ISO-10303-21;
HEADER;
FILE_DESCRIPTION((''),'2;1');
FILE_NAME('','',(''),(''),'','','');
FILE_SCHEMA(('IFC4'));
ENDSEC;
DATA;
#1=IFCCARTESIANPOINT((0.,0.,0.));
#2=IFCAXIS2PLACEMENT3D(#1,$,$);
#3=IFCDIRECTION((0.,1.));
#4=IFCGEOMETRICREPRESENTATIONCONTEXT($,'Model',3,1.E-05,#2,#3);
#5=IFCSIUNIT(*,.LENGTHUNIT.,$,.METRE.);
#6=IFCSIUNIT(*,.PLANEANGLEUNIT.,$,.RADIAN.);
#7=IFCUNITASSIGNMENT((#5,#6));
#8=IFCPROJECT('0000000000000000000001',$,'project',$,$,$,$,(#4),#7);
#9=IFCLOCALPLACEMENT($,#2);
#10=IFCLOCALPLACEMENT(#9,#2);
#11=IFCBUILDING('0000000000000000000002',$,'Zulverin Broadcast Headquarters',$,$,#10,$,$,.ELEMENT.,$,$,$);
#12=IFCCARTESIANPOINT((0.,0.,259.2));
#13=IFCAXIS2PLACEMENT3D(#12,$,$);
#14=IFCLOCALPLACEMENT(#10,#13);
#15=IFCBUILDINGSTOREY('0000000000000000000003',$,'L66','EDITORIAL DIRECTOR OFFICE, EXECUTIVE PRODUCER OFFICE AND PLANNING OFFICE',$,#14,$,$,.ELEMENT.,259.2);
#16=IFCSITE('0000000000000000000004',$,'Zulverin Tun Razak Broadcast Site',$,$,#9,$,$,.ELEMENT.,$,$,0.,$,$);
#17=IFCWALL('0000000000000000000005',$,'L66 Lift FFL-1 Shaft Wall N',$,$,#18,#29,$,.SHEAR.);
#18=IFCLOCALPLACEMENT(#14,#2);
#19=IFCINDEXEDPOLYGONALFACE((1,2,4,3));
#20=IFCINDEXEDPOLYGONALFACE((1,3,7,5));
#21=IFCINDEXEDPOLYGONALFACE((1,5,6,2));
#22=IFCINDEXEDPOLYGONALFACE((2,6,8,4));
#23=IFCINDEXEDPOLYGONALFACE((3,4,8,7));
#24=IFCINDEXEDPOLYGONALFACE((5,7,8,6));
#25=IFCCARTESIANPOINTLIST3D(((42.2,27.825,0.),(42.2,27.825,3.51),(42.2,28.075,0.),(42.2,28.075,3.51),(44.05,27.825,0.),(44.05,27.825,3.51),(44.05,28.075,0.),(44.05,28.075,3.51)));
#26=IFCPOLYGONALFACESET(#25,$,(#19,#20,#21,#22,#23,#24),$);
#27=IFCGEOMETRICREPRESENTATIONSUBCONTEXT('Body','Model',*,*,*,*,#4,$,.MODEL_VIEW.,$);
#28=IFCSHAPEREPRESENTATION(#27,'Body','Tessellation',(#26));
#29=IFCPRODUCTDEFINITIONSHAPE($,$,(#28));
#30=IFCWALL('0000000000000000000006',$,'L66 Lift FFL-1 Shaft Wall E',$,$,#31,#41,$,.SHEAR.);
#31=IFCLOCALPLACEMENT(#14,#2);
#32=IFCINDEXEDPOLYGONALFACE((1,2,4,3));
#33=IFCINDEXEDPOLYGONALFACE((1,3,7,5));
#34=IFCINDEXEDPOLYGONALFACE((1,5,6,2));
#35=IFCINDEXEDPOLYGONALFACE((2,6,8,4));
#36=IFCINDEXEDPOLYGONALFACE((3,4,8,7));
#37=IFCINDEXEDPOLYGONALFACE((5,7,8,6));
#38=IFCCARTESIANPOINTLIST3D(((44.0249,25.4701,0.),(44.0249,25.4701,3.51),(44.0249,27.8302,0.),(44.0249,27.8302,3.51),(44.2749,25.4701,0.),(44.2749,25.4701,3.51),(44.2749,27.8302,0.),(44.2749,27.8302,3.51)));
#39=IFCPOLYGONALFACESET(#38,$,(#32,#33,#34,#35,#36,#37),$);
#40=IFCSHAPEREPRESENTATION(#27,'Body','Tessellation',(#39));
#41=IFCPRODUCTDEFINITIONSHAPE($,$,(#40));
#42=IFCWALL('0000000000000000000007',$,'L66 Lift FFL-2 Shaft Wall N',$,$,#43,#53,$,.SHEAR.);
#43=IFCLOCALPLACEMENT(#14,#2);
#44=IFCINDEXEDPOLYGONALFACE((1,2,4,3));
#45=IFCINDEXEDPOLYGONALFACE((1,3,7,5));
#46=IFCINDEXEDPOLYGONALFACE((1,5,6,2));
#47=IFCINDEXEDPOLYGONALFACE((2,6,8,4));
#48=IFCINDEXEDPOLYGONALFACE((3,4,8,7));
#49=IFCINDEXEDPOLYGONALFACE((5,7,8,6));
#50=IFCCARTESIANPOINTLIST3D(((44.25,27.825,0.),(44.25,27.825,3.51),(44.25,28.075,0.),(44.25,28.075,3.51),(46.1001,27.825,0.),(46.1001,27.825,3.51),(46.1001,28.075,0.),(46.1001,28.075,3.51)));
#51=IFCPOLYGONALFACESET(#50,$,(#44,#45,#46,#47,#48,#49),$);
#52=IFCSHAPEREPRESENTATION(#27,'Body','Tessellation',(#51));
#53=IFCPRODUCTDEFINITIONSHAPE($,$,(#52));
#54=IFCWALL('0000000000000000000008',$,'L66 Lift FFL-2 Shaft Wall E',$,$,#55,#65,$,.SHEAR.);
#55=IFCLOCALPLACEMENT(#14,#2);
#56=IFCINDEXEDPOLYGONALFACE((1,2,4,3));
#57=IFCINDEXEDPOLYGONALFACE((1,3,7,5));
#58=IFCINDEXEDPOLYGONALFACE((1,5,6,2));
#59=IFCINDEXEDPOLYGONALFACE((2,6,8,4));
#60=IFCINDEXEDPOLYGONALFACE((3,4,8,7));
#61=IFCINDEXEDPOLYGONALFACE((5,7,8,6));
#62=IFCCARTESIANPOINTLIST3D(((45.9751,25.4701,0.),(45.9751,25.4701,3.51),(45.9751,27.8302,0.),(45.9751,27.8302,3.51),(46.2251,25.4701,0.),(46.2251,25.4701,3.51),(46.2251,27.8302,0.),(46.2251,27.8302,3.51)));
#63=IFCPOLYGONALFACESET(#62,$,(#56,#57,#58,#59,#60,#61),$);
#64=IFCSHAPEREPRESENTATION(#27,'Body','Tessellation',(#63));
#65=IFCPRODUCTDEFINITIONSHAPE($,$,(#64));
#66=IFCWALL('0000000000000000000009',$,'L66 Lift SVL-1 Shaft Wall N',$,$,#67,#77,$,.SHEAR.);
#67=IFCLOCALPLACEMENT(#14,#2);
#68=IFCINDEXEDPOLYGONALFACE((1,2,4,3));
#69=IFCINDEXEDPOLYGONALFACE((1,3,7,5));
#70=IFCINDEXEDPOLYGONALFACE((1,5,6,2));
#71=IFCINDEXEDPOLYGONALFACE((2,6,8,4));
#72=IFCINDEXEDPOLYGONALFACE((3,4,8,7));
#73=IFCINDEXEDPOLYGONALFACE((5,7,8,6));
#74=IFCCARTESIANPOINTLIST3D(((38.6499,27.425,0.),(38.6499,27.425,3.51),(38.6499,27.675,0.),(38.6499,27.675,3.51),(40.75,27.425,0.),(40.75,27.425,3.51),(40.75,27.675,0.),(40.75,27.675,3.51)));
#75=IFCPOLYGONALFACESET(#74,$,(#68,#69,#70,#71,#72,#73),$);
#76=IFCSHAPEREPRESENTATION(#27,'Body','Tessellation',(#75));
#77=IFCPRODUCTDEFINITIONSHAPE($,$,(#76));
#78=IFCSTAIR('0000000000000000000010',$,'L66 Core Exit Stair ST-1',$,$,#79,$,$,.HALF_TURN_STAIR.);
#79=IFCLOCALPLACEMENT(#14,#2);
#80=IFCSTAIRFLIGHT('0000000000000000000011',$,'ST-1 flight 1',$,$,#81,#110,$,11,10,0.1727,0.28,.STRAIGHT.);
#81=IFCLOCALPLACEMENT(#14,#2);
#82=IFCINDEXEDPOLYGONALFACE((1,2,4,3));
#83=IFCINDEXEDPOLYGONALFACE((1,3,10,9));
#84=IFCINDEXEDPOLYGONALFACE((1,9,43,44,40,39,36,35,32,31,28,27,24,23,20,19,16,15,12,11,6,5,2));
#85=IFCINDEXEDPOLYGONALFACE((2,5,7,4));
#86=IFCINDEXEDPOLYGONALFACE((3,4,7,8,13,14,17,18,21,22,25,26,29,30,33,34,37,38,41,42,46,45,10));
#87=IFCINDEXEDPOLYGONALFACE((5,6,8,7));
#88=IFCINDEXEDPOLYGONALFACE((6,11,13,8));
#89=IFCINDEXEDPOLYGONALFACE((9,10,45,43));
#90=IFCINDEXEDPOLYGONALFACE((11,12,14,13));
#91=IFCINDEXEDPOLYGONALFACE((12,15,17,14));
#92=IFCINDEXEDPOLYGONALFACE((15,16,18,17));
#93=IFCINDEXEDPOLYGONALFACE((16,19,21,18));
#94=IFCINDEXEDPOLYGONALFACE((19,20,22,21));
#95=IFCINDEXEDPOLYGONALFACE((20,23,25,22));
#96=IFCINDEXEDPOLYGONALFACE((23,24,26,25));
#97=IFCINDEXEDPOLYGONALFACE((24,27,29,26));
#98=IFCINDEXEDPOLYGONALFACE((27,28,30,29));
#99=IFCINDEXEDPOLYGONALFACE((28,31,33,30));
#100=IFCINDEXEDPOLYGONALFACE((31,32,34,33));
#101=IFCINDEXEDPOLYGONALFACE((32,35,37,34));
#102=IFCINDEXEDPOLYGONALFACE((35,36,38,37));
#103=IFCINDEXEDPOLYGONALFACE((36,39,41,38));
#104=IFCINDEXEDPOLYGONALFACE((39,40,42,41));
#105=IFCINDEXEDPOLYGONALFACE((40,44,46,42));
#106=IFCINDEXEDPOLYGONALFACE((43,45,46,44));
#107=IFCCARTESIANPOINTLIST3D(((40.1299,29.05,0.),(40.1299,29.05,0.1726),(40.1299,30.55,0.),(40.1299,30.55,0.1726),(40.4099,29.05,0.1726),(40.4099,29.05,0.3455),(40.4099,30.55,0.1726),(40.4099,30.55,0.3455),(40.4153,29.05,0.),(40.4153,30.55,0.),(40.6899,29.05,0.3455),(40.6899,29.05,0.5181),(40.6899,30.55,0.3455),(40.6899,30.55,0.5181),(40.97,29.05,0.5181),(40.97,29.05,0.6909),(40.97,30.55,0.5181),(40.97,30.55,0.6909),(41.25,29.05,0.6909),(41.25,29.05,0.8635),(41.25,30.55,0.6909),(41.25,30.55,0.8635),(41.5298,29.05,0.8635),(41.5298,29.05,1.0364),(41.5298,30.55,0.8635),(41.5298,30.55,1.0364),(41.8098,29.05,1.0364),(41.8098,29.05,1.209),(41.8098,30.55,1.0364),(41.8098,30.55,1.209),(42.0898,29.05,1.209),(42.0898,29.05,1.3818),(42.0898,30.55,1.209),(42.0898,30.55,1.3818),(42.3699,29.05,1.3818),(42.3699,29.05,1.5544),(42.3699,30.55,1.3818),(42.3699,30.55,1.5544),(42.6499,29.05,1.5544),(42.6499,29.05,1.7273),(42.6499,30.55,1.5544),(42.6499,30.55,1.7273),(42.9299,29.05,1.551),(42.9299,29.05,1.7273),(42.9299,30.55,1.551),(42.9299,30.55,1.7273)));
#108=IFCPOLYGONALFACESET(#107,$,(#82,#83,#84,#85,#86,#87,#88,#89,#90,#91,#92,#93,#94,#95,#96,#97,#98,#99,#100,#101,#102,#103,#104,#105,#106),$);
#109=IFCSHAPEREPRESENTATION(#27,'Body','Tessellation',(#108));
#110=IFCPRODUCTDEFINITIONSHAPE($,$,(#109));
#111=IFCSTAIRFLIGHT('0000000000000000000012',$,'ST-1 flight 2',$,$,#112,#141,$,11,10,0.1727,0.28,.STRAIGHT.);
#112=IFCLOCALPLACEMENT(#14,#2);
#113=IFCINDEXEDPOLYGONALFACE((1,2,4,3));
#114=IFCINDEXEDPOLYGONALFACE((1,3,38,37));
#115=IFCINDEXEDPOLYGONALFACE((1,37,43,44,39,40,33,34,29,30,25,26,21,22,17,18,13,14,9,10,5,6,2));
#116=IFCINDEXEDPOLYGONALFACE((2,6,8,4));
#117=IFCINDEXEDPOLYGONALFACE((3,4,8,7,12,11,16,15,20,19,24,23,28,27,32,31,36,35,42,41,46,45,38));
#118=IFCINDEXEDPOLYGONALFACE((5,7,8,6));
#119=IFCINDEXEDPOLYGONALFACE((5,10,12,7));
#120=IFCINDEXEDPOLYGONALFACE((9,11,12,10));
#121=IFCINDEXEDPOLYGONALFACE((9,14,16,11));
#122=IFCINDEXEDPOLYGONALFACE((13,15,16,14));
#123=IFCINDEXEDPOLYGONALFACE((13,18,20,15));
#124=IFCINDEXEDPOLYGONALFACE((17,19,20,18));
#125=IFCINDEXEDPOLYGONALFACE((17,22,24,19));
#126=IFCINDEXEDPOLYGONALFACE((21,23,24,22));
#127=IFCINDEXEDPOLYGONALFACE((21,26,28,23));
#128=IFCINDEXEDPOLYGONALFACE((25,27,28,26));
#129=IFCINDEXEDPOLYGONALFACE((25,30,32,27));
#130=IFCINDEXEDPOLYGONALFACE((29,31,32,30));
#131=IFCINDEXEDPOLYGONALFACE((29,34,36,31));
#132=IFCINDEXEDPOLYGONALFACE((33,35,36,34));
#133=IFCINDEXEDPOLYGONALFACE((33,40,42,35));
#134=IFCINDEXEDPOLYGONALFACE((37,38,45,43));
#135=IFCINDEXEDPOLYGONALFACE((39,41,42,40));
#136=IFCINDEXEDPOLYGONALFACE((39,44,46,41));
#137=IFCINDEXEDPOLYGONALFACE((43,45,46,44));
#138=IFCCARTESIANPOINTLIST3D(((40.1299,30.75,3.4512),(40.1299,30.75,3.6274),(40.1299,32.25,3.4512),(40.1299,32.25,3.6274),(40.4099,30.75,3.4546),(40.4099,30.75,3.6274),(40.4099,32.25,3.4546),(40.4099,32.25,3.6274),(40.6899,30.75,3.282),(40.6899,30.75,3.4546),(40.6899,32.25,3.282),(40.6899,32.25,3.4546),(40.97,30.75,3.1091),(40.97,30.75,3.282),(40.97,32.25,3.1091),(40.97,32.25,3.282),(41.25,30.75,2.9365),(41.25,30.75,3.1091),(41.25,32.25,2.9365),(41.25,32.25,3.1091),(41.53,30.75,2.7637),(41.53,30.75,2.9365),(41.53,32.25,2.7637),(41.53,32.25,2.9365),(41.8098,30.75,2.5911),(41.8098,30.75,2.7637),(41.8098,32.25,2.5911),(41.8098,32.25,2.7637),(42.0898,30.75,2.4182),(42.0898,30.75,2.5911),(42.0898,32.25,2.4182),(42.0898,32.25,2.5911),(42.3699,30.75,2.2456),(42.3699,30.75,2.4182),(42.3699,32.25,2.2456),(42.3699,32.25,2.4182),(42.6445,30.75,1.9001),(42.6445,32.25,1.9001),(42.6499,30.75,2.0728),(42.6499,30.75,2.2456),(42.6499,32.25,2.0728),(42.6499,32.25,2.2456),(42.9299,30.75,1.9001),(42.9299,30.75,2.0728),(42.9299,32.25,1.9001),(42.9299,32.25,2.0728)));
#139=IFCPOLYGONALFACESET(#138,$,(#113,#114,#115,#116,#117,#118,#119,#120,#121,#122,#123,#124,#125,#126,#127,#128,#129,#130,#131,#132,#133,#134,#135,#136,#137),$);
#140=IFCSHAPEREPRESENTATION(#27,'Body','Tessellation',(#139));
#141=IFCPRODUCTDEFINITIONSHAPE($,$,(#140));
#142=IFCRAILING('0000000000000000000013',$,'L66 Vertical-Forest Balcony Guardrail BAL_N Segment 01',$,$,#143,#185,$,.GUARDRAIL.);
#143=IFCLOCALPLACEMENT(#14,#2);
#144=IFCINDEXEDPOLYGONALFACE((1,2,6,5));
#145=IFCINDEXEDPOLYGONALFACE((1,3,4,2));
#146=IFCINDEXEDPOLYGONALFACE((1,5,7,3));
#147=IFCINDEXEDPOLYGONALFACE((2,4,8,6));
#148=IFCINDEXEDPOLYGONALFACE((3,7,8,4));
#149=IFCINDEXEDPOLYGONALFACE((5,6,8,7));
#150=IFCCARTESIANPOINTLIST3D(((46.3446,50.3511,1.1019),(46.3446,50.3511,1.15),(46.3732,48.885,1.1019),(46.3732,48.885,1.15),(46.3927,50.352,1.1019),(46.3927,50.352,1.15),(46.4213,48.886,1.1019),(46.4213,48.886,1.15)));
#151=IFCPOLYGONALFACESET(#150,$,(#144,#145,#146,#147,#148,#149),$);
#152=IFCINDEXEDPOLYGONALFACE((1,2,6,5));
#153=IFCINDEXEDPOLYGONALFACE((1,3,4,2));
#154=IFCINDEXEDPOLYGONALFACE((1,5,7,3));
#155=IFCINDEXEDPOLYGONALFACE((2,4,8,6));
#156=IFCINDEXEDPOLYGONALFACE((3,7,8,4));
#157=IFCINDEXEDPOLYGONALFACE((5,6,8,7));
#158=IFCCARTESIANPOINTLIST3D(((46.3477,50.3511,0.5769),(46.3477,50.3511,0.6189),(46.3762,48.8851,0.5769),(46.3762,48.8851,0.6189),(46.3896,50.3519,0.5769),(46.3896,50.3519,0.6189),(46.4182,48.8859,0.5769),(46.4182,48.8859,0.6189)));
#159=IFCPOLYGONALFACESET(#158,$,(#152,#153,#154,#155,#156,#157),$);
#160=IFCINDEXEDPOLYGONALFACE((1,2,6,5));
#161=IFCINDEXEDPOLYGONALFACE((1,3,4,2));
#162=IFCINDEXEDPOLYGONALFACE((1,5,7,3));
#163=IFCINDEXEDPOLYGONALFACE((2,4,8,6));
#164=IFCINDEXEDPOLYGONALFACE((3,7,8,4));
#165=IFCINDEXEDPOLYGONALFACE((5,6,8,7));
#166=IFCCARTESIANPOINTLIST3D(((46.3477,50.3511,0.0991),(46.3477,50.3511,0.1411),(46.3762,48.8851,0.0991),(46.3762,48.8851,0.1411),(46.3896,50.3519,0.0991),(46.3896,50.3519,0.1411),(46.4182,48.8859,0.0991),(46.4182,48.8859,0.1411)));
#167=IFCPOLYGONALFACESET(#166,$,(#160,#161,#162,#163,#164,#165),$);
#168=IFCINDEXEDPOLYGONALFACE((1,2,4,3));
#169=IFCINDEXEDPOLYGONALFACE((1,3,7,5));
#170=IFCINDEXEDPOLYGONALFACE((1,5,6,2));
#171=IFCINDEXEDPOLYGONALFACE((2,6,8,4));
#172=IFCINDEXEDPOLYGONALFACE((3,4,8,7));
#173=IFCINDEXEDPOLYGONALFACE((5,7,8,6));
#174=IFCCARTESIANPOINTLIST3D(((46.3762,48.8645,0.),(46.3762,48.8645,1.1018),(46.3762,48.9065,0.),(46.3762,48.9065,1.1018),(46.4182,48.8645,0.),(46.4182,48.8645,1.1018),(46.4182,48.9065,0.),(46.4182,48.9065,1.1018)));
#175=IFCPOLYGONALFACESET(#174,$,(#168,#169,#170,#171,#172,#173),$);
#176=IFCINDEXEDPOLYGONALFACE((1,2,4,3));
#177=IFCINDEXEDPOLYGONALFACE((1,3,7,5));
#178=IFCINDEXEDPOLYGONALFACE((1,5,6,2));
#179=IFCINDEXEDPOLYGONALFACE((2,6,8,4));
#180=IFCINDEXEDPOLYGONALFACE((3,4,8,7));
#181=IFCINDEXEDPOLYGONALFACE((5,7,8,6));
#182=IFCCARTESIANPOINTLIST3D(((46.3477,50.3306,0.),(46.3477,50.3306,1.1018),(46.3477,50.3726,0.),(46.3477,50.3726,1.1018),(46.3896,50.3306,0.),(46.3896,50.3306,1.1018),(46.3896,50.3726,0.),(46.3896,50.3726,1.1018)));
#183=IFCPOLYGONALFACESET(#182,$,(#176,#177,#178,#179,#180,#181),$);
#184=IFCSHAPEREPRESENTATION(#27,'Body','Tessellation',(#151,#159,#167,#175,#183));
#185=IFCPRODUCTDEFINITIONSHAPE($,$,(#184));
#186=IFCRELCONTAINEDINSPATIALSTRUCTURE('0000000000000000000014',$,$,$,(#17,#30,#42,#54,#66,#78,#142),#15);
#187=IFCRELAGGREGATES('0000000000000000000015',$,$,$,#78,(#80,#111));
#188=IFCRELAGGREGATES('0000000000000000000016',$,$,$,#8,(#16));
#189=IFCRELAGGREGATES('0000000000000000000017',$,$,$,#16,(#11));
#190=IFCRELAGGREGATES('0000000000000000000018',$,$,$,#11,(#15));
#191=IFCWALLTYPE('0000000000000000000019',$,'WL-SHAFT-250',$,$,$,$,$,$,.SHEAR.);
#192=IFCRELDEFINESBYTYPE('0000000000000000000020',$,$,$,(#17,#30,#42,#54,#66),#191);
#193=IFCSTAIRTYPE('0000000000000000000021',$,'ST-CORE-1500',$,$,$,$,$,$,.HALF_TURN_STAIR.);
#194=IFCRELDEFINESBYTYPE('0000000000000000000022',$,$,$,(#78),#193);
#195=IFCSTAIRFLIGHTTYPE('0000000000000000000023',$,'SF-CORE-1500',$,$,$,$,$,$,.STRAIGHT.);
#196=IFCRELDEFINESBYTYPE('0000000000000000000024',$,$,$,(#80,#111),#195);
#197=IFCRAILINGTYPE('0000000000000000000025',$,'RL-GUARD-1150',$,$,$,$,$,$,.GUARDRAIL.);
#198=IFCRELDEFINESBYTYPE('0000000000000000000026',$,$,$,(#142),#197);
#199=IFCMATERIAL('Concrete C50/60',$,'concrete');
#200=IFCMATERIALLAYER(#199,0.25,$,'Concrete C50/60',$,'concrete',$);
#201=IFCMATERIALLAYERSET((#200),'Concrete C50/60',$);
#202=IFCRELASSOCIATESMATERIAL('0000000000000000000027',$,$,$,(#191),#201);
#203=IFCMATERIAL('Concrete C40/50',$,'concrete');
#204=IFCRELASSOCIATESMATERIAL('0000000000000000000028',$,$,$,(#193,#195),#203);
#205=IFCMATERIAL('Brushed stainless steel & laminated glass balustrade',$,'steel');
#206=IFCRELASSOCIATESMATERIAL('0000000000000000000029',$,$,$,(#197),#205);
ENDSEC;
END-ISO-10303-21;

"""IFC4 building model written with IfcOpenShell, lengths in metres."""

from ifc_helpers import new_model, si_unit, direction, frame, frame_2d, origin, origin_2d, place, context, subcontext, project, spatial, polyline, rectangle, outline, extrude, material, layer, layer_set, type_object, element, aggregate, save


model = new_model("IFC4")

# Units and contexts
model_context = context("Model", 3, precision=1e-05, world=origin(), true_north=direction((0.0, 1.0)))
body_context = subcontext(model_context, "Body", "Model", "MODEL_VIEW")
ifc_project = project(units=[si_unit("LENGTHUNIT", "METRE"), si_unit("PLANEANGLEUNIT", "RADIAN")], contexts=[model_context])

# Site, building, storey
site_placement = place(None, origin())
site = spatial("IfcSite", under=ifc_project, at=site_placement, Name="Zulverin Tun Razak Broadcast Site", CompositionType="ELEMENT", RefElevation=0.0)
building_placement = place(site_placement, origin())
building = spatial("IfcBuilding", under=site, at=building_placement, Name="Zulverin Broadcast Headquarters", CompositionType="ELEMENT")
storey_placement = place(building_placement, frame((0.0, 0.0, 259.2)))
storey = spatial("IfcBuildingStorey", under=building, at=storey_placement, Name="L66", Description="EDITORIAL DIRECTOR OFFICE, EXECUTIVE PRODUCER OFFICE AND PLANNING OFFICE", CompositionType="ELEMENT", Elevation=259.2)

# Shared definitions
ifc_material_1 = material(Name="Concrete C50/60", Category="concrete")

# Shared definitions
ifc_material_2 = material(Name="Concrete C40/50", Category="concrete")

# Shared definitions
ifc_layer_1 = layer(ifc_material_1, 0.25, Name="Concrete C50/60", Category="concrete")
ifc_layer_set_1 = layer_set([ifc_layer_1], Name="Concrete C50/60")
wall_type_1 = type_object("IfcWallType", Name="WL-SHAFT-250", PredefinedType="SHEAR", material=ifc_layer_set_1)

# Walls
wall_1_placement = place(storey_placement, frame((42.2, 27.95, 0.0), z_axis=(0.0, 0.0, 1.0), x_axis=(1.0, 0.0, 0.0)))
element("IfcWall", 1, at=wall_1_placement, inside=storey, type_object=wall_type_1, Name="L66 Lift FFL-1 Shaft Wall N", PredefinedType="SHEAR", context=body_context, shape_type="SweptSolid", body=[
    extrude(rectangle(XDim=1.8501, YDim=0.25, at=frame_2d((0.925, 0.0))), origin(), (0.0, 0.0, 1.0), 3.51),
])
wall_2_placement = place(storey_placement, frame((44.1499, 25.47, 0.0), z_axis=(0.0, 0.0, 1.0), x_axis=(0.0, 1.0, 0.0)))
element("IfcWall", 2, at=wall_2_placement, inside=storey, type_object=wall_type_1, Name="L66 Lift FFL-1 Shaft Wall E", PredefinedType="SHEAR", context=body_context, shape_type="SweptSolid", body=[
    extrude(rectangle(XDim=2.3601, YDim=0.25, at=frame_2d((1.1802, 0.0))), origin(), (0.0, 0.0, 1.0), 3.51),
])
wall_3_placement = place(storey_placement, frame((44.25, 27.95, 0.0), z_axis=(0.0, 0.0, 1.0), x_axis=(1.0, 0.0, 0.0)))
element("IfcWall", 3, at=wall_3_placement, inside=storey, type_object=wall_type_1, Name="L66 Lift FFL-2 Shaft Wall N", PredefinedType="SHEAR", context=body_context, shape_type="SweptSolid", body=[
    extrude(rectangle(XDim=1.8501, YDim=0.25, at=frame_2d((0.925, 0.0))), origin(), (0.0, 0.0, 1.0), 3.51),
])
wall_4_placement = place(storey_placement, frame((46.1001, 25.47, 0.0), z_axis=(0.0, 0.0, 1.0), x_axis=(0.0, 1.0, 0.0)))
element("IfcWall", 4, at=wall_4_placement, inside=storey, type_object=wall_type_1, Name="L66 Lift FFL-2 Shaft Wall E", PredefinedType="SHEAR", context=body_context, shape_type="SweptSolid", body=[
    extrude(rectangle(XDim=2.3601, YDim=0.25, at=frame_2d((1.1802, 0.0))), origin(), (0.0, 0.0, 1.0), 3.51),
])
wall_5_placement = place(storey_placement, frame((38.6499, 27.55, 0.0), z_axis=(0.0, 0.0, 1.0), x_axis=(1.0, 0.0, 0.0)))
element("IfcWall", 5, at=wall_5_placement, inside=storey, type_object=wall_type_1, Name="L66 Lift SVL-1 Shaft Wall N", PredefinedType="SHEAR", context=body_context, shape_type="SweptSolid", body=[
    extrude(rectangle(XDim=2.1001, YDim=0.25, at=frame_2d((1.05, 0.0))), origin(), (0.0, 0.0, 1.0), 3.51),
])

# Stair, stair flights
stair_type = type_object("IfcStairType", Name="ST-CORE-1500", PredefinedType="HALF_TURN_STAIR", material=ifc_material_2)
stair_placement = place(storey_placement, origin())
stair = element("IfcStair", 6, at=stair_placement, inside=storey, type_object=stair_type, Name="L66 Core Exit Stair ST-1", PredefinedType="HALF_TURN_STAIR")
stair_flight_type = type_object("IfcStairFlightType", Name="SF-CORE-1500", PredefinedType="STRAIGHT", material=ifc_material_2)
stair_flight_1_placement = place(storey_placement, frame((40.1299, 29.8, 0.0), z_axis=(0.0, 0.0, 1.0), x_axis=(1.0, 0.0, 0.0)))
stair_flight_1 = element("IfcStairFlight", 7, at=stair_flight_1_placement, type_object=stair_flight_type, Name="ST-1 flight 1", NumberOfRisers=11, NumberOfTreads=10, PredefinedType="STRAIGHT", RiserHeight=0.1727, TreadLength=0.28, context=body_context, shape_type="SweptSolid", body=[
    extrude(outline(polyline([(0.0, 0.0), (0.0, 0.1726), (0.28, 0.1726), (0.28, 0.3455), (0.5601, 0.3455), (0.5601, 0.5181), (0.8401, 0.5181), (0.8401, 0.6909), (1.1201, 0.6909), (1.1201, 0.8635), (1.3999, 0.8635), (1.3999, 1.0364), (1.6799, 1.0364), (1.6799, 1.209), (1.96, 1.209), (1.96, 1.3818), (2.24, 1.3818), (2.24, 1.5544), (2.52, 1.5544), (2.52, 1.7273), (2.8, 1.7273), (2.8, 1.8999), (2.8, 1.551), (0.2854, 0.0), (0.0, 0.0)])), frame((0.0, 0.75, 0.0), z_axis=(0.0, -1.0, 0.0), x_axis=(1.0, 0.0, 0.0)), (0.0, 0.0, 1.0), 1.5),
])
stair_flight_2_placement = place(storey_placement, frame((42.9299, 31.5, 1.9001), z_axis=(0.0, 0.0, 1.0), x_axis=(-1.0, 0.0, 0.0)))
stair_flight_2 = element("IfcStairFlight", 8, at=stair_flight_2_placement, type_object=stair_flight_type, Name="ST-1 flight 2", NumberOfRisers=11, NumberOfTreads=10, PredefinedType="STRAIGHT", RiserHeight=0.1727, TreadLength=0.28, context=body_context, shape_type="SweptSolid", body=[
    extrude(outline(polyline([(0.0, 0.0), (0.0, 0.1726), (0.28, 0.1726), (0.28, 0.3455), (0.5601, 0.3455), (0.5601, 0.5181), (0.8401, 0.5181), (0.8401, 0.6909), (1.1201, 0.6909), (1.1201, 0.8635), (1.3999, 0.8635), (1.3999, 1.0364), (1.6799, 1.0364), (1.6799, 1.209), (1.96, 1.209), (1.96, 1.3818), (2.24, 1.3818), (2.24, 1.5544), (2.52, 1.5544), (2.52, 1.7273), (2.8, 1.7273), (2.8, 1.8999), (2.8, 1.551), (0.2854, 0.0), (0.0, 0.0)])), frame((0.0, 0.75, 0.0), z_axis=(0.0, -1.0, 0.0), x_axis=(1.0, 0.0, 0.0)), (0.0, 0.0, 1.0), 1.5),
])
aggregate(stair, [stair_flight_1, stair_flight_2])

# Railing
ifc_material_3 = material(Name="Brushed stainless steel & laminated glass balustrade", Category="steel")
railing_type_1 = type_object("IfcRailingType", Name="RL-GUARD-1150", PredefinedType="GUARDRAIL", material=ifc_material_3)
railing_1_placement = place(storey_placement, frame((46.3972, 48.8855, 0.0)))
element("IfcRailing", 9, at=railing_1_placement, inside=storey, type_object=railing_type_1, Name="L66 Vertical-Forest Balcony Guardrail BAL_N Segment 01", PredefinedType="GUARDRAIL", context=body_context, shape_type="SweptSolid", body=[
    extrude(rectangle(XDim=0.0481, YDim=0.0481, at=origin_2d()), frame((0.0, 0.0, 1.126), z_axis=(-0.01948, 0.99981, 0.0), x_axis=(-0.99981, -0.01948, 0.0)), (0.0, 0.0, 1.0), 1.4663),
    extrude(rectangle(XDim=0.042, YDim=0.042, at=origin_2d()), frame((0.0, 0.0, 0.5979), z_axis=(-0.01948, 0.99981, 0.0), x_axis=(-0.99981, -0.01948, 0.0)), (0.0, 0.0, 1.0), 1.4663),
    extrude(rectangle(XDim=0.042, YDim=0.042, at=origin_2d()), frame((0.0, 0.0, 0.1201), z_axis=(-0.01948, 0.99981, 0.0), x_axis=(-0.99981, -0.01948, 0.0)), (0.0, 0.0, 1.0), 1.4663),
    extrude(rectangle(XDim=0.042, YDim=0.042, at=origin_2d()), origin(), (0.0, 0.0, 1.0), 1.1018),
    extrude(rectangle(XDim=0.042, YDim=0.042, at=origin_2d()), frame((-0.0286, 1.4661, 0.0)), (0.0, 0.0, 1.0), 1.1018),
])

save(model, "model.ifc")
